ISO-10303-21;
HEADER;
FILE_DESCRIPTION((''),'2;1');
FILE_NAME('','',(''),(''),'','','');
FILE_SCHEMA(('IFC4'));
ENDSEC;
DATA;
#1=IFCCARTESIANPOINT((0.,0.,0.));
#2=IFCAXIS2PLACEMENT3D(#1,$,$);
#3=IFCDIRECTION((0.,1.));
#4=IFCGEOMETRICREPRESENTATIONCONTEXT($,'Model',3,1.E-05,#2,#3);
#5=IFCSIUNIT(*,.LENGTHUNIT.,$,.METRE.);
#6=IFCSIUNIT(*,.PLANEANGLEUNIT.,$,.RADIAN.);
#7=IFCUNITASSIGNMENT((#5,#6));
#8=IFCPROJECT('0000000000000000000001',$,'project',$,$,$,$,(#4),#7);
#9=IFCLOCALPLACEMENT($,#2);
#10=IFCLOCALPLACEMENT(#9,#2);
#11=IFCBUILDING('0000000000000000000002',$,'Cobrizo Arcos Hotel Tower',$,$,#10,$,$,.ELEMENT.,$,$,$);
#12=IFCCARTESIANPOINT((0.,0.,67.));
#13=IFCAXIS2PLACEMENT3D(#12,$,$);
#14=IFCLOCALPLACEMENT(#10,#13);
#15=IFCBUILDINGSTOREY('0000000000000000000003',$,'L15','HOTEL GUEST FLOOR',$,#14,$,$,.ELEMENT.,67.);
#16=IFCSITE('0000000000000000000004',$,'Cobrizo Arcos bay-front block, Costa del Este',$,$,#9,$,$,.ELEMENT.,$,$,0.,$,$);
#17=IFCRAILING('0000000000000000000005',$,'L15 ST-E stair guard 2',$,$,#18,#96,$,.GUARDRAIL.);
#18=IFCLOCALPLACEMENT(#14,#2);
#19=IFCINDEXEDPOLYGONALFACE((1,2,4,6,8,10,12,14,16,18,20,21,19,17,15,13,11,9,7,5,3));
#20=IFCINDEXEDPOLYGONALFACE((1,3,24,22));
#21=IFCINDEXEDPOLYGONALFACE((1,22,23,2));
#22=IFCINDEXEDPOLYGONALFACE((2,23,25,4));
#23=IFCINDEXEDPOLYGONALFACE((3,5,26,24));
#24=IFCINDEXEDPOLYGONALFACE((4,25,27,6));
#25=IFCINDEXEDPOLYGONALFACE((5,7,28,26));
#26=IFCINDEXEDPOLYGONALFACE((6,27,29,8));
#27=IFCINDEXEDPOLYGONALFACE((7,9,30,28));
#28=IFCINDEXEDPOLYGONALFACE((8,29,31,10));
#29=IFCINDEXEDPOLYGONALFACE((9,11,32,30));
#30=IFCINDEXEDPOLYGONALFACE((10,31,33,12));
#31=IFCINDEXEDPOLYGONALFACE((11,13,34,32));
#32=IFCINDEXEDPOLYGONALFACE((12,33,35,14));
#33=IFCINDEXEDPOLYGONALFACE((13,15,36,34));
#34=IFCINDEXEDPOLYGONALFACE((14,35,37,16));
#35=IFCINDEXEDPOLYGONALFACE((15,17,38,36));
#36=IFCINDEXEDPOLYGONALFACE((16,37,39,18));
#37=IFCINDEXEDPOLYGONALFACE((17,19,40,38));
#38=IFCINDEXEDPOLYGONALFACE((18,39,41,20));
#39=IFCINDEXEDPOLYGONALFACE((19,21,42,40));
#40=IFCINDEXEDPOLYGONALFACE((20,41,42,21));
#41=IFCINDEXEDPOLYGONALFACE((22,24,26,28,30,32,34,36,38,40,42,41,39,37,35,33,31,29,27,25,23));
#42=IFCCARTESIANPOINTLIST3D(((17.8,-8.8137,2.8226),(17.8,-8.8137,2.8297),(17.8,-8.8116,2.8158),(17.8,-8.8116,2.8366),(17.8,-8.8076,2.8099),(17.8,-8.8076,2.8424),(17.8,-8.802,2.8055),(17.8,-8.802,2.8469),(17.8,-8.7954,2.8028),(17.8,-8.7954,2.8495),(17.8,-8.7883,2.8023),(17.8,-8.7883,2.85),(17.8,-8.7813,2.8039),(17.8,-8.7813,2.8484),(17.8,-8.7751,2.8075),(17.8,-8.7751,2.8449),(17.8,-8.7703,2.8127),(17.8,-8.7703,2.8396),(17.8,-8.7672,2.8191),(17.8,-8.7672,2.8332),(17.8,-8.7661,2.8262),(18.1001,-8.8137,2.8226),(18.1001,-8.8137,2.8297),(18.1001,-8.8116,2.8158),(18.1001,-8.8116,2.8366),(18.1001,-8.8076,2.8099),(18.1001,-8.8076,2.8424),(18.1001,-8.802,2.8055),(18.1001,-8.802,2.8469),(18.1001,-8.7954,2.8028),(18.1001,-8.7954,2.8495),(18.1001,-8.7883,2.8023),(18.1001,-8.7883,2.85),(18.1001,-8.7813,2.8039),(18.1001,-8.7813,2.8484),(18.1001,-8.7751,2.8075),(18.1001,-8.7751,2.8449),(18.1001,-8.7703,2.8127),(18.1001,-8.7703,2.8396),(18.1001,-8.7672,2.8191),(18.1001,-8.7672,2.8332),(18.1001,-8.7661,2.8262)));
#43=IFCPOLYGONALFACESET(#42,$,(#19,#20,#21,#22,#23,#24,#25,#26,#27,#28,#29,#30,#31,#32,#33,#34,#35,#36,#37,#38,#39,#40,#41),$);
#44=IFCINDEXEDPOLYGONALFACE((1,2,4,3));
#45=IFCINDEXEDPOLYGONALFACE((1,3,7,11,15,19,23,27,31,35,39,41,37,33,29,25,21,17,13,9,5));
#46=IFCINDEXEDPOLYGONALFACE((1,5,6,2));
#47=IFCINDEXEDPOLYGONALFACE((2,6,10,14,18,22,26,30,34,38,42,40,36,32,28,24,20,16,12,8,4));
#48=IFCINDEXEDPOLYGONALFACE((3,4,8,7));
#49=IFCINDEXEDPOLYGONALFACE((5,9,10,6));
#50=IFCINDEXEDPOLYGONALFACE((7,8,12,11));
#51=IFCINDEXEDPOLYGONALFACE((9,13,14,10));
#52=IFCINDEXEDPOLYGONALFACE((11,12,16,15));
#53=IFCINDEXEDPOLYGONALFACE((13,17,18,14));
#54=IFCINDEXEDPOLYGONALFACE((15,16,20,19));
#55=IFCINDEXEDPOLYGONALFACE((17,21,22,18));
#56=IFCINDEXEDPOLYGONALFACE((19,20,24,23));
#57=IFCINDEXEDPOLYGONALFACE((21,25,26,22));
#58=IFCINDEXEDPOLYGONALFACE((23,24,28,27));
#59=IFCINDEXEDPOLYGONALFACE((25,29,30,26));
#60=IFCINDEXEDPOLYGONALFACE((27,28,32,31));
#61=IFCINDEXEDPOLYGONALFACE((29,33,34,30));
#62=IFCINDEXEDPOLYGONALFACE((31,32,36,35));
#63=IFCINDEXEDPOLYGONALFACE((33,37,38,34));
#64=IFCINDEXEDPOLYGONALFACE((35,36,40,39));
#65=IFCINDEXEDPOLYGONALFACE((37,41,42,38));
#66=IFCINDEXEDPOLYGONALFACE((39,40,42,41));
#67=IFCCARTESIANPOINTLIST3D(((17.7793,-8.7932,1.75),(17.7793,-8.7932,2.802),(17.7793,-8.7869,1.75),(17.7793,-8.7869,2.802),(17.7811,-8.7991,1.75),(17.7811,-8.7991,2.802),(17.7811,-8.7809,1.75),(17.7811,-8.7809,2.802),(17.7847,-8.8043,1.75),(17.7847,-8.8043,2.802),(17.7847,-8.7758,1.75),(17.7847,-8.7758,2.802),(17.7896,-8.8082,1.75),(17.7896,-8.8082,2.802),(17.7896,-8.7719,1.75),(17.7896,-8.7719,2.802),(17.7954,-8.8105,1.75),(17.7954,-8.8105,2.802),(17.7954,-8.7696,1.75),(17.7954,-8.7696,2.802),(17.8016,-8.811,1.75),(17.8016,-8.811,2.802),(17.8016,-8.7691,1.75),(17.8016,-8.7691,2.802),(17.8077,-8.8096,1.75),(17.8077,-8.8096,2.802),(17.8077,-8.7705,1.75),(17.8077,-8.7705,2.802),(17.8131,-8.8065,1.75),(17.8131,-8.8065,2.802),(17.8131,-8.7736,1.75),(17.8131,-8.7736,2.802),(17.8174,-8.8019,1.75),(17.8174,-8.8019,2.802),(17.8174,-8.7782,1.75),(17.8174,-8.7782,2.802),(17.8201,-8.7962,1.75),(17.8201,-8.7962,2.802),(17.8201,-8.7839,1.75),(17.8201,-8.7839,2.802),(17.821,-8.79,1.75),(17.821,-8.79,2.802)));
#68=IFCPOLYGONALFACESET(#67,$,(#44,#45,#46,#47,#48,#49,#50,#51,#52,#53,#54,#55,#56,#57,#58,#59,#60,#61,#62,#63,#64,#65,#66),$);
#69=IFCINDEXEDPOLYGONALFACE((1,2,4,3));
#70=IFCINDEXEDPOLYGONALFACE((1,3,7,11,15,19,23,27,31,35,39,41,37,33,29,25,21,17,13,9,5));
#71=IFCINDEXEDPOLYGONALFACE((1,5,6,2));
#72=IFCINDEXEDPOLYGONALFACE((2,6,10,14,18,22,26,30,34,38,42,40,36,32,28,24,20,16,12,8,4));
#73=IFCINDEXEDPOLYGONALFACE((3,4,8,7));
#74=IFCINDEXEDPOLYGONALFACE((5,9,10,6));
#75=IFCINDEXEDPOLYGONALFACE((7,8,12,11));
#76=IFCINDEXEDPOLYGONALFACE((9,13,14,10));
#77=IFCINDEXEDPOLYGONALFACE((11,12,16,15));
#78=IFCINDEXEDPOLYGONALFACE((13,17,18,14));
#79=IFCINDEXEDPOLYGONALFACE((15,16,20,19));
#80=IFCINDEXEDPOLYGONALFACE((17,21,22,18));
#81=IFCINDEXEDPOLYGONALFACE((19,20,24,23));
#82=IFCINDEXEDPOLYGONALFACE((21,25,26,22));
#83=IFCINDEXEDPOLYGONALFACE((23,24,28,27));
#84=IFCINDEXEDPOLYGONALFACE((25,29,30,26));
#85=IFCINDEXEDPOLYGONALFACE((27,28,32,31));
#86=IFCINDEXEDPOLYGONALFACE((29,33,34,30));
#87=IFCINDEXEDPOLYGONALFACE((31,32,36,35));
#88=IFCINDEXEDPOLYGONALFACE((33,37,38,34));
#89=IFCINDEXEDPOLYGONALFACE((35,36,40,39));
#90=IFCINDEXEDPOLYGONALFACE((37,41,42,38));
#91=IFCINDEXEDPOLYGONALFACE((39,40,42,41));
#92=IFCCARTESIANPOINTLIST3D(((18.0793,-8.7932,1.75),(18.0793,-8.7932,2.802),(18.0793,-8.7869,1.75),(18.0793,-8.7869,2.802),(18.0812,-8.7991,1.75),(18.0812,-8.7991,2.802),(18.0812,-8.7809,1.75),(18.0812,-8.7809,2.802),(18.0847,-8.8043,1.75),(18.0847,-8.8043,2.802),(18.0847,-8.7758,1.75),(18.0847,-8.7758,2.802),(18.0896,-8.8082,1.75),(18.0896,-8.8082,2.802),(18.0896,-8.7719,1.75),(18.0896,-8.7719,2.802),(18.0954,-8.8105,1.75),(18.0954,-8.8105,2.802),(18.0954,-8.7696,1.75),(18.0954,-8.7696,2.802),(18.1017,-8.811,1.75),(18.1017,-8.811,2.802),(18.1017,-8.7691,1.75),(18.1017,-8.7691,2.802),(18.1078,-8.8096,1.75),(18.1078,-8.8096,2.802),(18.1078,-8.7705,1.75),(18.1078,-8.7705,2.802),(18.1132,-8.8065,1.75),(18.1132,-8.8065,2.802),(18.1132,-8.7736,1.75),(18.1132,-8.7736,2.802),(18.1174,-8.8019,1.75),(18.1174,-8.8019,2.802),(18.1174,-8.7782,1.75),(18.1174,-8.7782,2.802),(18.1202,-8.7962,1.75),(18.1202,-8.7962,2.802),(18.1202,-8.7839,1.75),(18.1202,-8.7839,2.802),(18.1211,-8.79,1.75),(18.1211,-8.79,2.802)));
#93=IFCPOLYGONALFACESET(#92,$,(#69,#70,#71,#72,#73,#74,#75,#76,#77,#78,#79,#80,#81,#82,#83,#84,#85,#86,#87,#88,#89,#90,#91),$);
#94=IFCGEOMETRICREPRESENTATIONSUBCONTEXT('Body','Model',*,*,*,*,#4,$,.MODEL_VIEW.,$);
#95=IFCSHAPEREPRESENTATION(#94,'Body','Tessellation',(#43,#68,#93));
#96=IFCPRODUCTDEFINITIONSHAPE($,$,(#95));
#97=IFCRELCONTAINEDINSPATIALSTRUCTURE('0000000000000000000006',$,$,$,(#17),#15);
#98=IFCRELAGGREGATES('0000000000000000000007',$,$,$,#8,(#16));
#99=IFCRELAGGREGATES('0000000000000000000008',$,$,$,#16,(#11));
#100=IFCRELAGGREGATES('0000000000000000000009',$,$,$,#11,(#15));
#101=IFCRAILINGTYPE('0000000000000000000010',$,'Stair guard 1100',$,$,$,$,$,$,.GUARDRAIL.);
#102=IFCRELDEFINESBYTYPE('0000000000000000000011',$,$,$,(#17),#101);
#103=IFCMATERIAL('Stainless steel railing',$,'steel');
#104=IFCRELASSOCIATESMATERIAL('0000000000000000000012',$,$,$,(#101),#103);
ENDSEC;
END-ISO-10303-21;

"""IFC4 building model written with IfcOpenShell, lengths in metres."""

from ifc_helpers import new_model, si_unit, direction, frame, origin, origin_2d, place, context, subcontext, project, spatial, circle, extrude, material, type_object, element, save


model = new_model("IFC4")

# Units and contexts
model_context = context("Model", 3, precision=1e-05, world=origin(), true_north=direction((0.0, 1.0)))
body_context = subcontext(model_context, "Body", "Model", "MODEL_VIEW")
ifc_project = project(units=[si_unit("LENGTHUNIT", "METRE"), si_unit("PLANEANGLEUNIT", "RADIAN")], contexts=[model_context])

# Site, building, storey
site_placement = place(None, origin())
site = spatial("IfcSite", under=ifc_project, at=site_placement, Name="Cobrizo Arcos bay-front block, Costa del Este", CompositionType="ELEMENT", RefElevation=0.0)
building_placement = place(site_placement, origin())
building = spatial("IfcBuilding", under=site, at=building_placement, Name="Cobrizo Arcos Hotel Tower", CompositionType="ELEMENT")
storey_placement = place(building_placement, frame((0.0, 0.0, 67.0)))
storey = spatial("IfcBuildingStorey", under=building, at=storey_placement, Name="L15", Description="HOTEL GUEST FLOOR", CompositionType="ELEMENT", Elevation=67.0)

# Railing
ifc_material_1 = material(Name="Stainless steel railing", Category="steel")
railing_type_1 = type_object("IfcRailingType", Name="Stair guard 1100", PredefinedType="GUARDRAIL", material=ifc_material_1)
railing_1_placement = place(storey_placement, frame((17.8, -8.79, 1.75)))
element("IfcRailing", 1, at=railing_1_placement, inside=storey, type_object=railing_type_1, Name="L15 ST-E stair guard 2", PredefinedType="GUARDRAIL", context=body_context, shape_type="SweptSolid", body=[
    extrude(circle(Radius=0.0239, at=origin_2d()), frame((0.0, 0.0, 1.0762), z_axis=(1.0, 0.0, 0.0), x_axis=(0.0, 1.0, 0.0)), (0.0, 0.0, 1.0), 0.3),
    extrude(circle(Radius=0.021, at=origin_2d()), origin(), (0.0, 0.0, 1.0), 1.052),
    extrude(circle(Radius=0.021, at=origin_2d()), frame((0.3, 0.0, 0.0)), (0.0, 0.0, 1.0), 1.052),
])

save(model, "model.ifc")
